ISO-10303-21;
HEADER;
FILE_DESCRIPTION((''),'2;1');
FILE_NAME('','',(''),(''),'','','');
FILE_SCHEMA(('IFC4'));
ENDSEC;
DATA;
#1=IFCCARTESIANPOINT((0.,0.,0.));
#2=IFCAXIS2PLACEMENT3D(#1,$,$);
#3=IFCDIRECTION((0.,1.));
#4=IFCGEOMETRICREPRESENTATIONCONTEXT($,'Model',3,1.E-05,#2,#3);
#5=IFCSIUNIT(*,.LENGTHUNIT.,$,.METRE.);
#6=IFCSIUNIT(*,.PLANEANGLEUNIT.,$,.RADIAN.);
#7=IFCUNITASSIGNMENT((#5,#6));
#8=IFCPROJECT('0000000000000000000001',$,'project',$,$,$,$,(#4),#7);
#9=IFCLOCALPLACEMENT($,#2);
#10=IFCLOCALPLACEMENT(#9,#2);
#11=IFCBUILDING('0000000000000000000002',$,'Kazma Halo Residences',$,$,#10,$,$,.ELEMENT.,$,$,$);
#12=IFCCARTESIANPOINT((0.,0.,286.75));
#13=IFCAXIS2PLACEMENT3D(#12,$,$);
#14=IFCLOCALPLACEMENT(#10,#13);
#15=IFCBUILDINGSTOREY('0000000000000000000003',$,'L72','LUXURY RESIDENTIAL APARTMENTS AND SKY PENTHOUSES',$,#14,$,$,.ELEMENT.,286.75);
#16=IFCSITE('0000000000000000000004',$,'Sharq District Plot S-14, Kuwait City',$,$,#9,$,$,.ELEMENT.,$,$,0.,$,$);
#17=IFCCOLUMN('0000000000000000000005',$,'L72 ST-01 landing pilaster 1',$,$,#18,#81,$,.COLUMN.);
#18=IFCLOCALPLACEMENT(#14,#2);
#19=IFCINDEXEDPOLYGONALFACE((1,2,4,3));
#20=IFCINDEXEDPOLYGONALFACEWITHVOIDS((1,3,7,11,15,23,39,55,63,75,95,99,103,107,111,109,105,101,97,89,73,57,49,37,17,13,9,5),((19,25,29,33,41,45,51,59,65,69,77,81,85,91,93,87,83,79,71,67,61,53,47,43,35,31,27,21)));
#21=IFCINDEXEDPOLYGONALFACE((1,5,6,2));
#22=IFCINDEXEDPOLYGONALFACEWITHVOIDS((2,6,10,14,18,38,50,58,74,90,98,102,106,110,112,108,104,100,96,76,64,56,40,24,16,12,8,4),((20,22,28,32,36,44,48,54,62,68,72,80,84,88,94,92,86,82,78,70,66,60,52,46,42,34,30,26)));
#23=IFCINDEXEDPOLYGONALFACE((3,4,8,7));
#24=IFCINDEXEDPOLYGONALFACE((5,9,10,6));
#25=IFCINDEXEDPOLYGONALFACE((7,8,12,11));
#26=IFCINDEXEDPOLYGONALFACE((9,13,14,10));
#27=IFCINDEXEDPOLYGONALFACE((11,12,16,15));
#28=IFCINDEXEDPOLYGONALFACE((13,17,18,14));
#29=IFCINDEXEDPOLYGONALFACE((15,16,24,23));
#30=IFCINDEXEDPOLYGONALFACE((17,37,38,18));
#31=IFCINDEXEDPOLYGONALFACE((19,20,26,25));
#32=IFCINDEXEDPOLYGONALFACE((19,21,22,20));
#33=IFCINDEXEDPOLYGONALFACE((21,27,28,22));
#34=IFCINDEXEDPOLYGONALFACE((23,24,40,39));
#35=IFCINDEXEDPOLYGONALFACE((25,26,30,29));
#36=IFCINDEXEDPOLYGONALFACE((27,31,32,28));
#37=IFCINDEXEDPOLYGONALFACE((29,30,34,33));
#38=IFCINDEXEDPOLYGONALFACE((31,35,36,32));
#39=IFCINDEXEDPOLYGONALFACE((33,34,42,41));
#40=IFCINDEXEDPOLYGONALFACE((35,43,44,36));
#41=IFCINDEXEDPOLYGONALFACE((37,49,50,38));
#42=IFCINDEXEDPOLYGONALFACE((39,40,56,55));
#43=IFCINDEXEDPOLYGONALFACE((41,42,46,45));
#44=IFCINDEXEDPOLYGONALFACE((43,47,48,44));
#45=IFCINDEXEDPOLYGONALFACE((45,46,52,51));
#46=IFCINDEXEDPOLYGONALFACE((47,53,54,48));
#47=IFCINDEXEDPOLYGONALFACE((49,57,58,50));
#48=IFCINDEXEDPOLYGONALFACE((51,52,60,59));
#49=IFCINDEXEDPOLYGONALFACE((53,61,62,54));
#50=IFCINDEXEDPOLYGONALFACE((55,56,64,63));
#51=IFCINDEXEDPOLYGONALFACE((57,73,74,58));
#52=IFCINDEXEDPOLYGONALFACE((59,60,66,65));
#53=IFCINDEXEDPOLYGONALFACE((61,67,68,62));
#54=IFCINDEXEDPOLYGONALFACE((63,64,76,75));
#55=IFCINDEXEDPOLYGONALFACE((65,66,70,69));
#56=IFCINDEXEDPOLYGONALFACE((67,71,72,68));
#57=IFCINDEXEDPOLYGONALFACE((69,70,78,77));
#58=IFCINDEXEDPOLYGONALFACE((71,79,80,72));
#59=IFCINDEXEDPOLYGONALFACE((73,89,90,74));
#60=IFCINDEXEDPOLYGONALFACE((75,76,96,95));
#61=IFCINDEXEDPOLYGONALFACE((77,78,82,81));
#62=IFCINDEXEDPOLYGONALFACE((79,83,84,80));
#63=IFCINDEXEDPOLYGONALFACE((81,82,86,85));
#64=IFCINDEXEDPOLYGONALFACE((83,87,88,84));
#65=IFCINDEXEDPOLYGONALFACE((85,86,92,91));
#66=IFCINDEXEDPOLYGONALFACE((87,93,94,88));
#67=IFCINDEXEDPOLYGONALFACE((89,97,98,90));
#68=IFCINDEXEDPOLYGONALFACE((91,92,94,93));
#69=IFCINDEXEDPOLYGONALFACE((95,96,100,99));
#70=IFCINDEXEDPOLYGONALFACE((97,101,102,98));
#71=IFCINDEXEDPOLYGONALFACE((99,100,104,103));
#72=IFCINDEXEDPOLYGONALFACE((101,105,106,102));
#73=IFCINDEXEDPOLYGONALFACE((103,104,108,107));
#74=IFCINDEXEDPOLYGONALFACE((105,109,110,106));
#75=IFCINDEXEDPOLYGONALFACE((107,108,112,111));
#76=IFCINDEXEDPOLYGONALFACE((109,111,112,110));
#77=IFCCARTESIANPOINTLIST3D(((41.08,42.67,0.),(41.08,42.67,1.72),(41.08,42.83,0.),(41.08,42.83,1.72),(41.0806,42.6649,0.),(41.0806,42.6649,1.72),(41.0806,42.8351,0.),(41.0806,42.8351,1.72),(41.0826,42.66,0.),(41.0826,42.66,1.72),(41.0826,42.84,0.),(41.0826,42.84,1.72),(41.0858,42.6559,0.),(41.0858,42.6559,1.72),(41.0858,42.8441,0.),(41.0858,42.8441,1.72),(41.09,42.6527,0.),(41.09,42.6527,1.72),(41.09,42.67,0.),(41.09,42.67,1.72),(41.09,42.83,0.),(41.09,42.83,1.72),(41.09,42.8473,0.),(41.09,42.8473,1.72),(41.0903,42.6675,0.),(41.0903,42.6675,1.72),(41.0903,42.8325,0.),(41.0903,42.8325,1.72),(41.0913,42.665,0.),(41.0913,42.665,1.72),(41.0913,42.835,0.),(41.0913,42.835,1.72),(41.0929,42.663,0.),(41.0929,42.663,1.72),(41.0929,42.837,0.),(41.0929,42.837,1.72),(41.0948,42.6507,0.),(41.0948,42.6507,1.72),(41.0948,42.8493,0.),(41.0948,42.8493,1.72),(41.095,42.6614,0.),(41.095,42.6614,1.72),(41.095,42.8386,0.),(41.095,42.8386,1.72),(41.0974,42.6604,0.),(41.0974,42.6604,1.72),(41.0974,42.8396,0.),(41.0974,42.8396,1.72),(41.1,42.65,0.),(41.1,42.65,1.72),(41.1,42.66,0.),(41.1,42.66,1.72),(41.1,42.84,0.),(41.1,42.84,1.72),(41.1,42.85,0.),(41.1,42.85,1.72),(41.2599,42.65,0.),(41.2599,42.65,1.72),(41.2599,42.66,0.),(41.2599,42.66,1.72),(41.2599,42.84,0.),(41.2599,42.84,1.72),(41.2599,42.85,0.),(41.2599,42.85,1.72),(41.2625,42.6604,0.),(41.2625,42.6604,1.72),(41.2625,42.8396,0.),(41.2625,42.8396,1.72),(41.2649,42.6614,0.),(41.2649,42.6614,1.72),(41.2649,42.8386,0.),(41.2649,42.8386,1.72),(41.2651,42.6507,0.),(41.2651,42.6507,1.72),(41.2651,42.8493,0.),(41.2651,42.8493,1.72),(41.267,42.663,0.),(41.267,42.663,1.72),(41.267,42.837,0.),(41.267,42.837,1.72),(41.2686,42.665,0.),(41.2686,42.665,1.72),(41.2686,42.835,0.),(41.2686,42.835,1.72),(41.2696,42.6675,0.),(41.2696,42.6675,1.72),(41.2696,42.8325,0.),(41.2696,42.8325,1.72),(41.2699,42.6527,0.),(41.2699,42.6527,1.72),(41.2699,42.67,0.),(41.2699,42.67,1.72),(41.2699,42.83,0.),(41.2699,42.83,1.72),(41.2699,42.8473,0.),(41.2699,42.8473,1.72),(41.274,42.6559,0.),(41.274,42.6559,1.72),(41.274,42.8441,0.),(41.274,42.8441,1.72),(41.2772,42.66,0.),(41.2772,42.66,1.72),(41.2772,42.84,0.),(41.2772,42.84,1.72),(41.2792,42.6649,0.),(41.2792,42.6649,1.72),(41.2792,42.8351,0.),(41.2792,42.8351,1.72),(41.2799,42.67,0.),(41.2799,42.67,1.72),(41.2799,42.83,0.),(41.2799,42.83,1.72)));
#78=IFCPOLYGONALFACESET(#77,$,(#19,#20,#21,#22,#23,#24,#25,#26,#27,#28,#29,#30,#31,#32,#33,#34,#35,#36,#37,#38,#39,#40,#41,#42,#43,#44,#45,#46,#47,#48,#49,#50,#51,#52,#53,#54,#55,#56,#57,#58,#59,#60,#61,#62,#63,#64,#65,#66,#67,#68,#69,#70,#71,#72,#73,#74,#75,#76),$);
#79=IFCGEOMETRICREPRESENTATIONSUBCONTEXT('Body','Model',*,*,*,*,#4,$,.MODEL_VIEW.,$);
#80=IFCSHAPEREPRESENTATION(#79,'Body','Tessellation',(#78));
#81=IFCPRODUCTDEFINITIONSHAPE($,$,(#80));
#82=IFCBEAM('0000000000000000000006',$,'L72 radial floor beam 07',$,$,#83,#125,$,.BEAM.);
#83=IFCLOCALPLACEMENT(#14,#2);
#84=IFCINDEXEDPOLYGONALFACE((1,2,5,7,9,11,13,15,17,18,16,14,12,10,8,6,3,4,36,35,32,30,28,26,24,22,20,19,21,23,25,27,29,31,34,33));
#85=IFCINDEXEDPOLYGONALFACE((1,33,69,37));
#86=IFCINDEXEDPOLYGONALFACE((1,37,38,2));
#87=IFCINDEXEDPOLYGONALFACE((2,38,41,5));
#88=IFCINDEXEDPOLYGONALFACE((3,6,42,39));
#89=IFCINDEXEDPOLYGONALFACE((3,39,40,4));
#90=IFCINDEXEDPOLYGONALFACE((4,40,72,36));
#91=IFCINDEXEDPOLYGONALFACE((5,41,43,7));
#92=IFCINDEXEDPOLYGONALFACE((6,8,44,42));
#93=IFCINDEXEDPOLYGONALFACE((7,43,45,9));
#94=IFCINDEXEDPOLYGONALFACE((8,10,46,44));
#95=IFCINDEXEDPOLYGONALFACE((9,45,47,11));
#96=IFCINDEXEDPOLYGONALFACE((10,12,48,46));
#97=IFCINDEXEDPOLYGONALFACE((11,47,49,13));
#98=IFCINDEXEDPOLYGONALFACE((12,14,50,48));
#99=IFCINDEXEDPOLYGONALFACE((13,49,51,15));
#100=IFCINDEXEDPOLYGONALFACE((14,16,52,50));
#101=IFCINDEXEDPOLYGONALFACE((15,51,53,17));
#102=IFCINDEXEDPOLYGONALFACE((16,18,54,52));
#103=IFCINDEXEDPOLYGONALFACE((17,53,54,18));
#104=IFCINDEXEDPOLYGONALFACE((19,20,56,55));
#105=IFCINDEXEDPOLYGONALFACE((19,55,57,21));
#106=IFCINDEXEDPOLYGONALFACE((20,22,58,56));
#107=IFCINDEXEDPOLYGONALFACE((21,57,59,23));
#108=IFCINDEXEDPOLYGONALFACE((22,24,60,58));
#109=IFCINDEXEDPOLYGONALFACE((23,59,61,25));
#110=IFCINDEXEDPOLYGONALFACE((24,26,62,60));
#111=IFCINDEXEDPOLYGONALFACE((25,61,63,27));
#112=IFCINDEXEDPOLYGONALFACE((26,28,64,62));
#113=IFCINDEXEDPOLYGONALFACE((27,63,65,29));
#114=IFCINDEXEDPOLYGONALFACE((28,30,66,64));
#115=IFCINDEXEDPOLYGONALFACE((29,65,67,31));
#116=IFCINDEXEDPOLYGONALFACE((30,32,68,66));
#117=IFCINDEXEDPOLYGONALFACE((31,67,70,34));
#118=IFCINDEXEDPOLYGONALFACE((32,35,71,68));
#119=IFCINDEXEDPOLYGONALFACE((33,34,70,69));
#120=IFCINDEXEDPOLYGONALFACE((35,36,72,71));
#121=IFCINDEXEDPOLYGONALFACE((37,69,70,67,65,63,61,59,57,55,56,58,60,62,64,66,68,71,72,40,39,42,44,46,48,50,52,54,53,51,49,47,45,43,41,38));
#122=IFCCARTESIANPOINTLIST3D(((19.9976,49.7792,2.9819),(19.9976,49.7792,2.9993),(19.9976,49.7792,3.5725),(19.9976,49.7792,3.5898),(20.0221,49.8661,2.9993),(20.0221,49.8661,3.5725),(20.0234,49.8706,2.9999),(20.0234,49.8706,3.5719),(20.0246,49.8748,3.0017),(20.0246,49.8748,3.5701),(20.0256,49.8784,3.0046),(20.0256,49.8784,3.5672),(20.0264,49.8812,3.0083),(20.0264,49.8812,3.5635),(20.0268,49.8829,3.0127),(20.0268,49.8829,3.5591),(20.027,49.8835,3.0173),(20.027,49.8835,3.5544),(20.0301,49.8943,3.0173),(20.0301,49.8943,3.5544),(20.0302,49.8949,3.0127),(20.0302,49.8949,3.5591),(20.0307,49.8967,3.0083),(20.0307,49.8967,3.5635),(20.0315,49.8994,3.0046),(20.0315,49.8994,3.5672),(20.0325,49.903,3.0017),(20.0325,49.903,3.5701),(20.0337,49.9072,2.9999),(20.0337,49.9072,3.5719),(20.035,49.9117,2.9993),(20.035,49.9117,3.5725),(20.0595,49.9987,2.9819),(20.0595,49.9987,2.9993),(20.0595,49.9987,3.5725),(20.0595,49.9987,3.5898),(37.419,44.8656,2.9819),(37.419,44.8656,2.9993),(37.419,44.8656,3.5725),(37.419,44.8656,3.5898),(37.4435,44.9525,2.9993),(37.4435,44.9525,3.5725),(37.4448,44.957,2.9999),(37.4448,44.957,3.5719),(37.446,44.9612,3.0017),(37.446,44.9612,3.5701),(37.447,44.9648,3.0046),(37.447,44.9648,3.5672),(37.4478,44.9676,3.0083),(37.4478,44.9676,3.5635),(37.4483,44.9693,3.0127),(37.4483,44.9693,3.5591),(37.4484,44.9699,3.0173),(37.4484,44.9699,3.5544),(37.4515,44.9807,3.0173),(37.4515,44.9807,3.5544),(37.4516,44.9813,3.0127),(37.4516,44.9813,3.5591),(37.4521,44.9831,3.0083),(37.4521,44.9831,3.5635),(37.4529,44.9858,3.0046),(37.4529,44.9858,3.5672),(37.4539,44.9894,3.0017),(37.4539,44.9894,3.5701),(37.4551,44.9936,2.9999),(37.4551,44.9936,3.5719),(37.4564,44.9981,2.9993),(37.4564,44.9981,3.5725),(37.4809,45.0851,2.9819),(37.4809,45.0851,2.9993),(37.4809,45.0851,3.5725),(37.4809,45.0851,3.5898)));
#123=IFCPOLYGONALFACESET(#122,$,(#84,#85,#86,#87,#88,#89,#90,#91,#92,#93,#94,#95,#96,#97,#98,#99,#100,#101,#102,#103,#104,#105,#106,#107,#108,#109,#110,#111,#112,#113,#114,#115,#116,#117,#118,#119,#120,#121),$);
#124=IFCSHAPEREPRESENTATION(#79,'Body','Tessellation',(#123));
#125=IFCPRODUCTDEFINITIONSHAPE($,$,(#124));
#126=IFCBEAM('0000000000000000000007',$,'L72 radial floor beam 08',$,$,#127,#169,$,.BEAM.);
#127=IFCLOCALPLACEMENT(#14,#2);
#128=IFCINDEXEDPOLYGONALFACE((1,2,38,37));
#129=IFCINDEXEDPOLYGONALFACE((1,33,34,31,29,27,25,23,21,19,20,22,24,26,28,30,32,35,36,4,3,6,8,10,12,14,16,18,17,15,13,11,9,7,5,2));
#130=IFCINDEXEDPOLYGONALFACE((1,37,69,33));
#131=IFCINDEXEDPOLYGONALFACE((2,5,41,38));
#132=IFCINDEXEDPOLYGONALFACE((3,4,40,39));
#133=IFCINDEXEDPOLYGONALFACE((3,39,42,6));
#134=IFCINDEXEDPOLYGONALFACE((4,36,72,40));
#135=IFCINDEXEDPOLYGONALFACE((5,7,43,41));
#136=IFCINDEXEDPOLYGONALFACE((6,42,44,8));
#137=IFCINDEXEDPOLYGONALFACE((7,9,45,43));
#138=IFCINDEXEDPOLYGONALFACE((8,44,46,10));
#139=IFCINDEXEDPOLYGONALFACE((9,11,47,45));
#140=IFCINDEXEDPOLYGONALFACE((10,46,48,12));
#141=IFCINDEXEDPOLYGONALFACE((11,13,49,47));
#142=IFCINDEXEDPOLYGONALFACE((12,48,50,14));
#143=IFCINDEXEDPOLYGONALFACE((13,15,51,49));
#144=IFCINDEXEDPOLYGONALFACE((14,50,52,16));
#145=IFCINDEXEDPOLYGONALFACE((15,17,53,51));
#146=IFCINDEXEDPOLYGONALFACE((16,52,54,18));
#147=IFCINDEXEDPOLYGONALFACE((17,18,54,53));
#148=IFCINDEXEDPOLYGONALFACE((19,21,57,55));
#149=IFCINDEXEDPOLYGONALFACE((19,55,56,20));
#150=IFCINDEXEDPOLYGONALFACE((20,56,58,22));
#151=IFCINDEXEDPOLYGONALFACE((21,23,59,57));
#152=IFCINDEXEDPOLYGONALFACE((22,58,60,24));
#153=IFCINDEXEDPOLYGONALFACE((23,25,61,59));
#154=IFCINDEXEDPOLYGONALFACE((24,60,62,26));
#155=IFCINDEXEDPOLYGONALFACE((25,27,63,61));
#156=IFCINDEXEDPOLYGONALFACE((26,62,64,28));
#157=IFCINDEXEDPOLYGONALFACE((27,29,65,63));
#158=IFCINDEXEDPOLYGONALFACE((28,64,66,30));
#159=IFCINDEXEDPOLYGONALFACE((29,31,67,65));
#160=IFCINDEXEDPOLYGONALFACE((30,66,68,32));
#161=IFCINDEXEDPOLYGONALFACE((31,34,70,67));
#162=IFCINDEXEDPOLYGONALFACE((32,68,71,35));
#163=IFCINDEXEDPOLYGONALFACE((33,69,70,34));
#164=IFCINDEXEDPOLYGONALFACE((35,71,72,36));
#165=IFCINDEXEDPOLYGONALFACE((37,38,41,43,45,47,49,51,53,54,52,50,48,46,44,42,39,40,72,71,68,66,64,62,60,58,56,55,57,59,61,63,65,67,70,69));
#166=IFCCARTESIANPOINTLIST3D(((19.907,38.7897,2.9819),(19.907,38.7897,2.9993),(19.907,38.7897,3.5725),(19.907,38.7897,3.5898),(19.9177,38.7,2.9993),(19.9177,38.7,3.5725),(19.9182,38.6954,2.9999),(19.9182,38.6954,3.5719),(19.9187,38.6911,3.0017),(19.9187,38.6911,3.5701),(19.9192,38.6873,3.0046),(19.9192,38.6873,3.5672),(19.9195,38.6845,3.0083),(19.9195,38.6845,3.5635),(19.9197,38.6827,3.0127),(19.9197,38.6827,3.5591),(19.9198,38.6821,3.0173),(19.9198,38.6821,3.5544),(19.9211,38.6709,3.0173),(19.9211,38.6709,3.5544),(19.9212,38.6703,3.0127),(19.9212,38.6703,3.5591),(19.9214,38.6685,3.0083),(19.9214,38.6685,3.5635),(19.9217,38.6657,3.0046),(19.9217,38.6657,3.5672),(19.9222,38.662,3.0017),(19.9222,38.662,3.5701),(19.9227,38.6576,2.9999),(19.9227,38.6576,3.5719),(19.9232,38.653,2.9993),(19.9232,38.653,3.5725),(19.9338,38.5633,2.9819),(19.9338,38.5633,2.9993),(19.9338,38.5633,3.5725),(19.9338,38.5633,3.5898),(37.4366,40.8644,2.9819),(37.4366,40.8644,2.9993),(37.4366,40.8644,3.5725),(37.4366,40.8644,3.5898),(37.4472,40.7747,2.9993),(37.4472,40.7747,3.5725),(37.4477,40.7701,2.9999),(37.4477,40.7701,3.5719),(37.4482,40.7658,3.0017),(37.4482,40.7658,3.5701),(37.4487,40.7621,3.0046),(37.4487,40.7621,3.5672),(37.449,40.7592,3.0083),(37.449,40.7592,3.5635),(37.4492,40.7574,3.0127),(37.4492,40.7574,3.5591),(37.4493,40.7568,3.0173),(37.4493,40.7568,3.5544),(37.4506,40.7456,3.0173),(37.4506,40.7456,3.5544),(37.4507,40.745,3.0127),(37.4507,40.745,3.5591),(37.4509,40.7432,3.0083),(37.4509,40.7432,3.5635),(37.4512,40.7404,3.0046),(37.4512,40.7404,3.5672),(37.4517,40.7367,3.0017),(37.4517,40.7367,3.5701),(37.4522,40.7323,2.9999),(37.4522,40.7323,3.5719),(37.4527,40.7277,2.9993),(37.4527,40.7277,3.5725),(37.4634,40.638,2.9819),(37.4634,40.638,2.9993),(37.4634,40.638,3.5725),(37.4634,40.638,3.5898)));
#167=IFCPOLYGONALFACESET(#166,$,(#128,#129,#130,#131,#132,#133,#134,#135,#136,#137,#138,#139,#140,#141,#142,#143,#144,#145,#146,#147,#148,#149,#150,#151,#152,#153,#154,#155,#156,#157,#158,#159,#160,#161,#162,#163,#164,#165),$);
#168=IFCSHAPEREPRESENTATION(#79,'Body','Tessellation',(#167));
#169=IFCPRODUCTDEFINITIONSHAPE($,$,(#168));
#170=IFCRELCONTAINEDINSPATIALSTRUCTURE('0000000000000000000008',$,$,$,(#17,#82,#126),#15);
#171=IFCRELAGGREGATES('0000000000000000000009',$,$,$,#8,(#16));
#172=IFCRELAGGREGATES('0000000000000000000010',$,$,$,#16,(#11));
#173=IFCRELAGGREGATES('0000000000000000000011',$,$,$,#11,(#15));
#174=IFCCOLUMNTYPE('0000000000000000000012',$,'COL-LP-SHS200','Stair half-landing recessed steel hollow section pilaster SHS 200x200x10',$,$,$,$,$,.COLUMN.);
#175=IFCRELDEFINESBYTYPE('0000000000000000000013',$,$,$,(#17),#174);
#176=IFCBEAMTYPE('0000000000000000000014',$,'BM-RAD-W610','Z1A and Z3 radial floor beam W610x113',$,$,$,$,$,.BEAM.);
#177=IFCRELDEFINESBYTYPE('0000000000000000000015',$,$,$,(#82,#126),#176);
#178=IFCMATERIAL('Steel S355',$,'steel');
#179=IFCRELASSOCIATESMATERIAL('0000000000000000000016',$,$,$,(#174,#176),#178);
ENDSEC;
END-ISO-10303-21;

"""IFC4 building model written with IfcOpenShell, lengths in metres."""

from ifc_helpers import new_model, si_unit, direction, frame, origin, origin_2d, place, context, subcontext, project, spatial, hollow_rectangle, i_section, extrude, material, material_profile, profile_set, type_object, element, save


model = new_model("IFC4")

# Units and contexts
model_context = context("Model", 3, precision=1e-05, world=origin(), true_north=direction((0.0, 1.0)))
body_context = subcontext(model_context, "Body", "Model", "MODEL_VIEW")
ifc_project = project(units=[si_unit("LENGTHUNIT", "METRE"), si_unit("PLANEANGLEUNIT", "RADIAN")], contexts=[model_context])

# Site, building, storey
site_placement = place(None, origin())
site = spatial("IfcSite", under=ifc_project, at=site_placement, Name="Sharq District Plot S-14, Kuwait City", CompositionType="ELEMENT", RefElevation=0.0)
building_placement = place(site_placement, origin())
building = spatial("IfcBuilding", under=site, at=building_placement, Name="Kazma Halo Residences", CompositionType="ELEMENT")
storey_placement = place(building_placement, frame((0.0, 0.0, 286.75)))
storey = spatial("IfcBuildingStorey", under=building, at=storey_placement, Name="L72", Description="LUXURY RESIDENTIAL APARTMENTS AND SKY PENTHOUSES", CompositionType="ELEMENT", Elevation=286.75)

# Column
ifc_material_1 = material(Name="Steel S355", Category="steel")
ifc_material_profile_1 = material_profile(ifc_material_1, hollow_rectangle(XDim=0.2, YDim=0.2, WallThickness=0.01, InnerFilletRadius=0.01, OuterFilletRadius=0.02, at=origin_2d()), Name="SHS200x200x10")
ifc_profile_set_1 = profile_set([ifc_material_profile_1], Name="Steel S355")
column_type = type_object("IfcColumnType", Name="COL-LP-SHS200", Description="Stair half-landing recessed steel hollow section pilaster SHS 200x200x10", PredefinedType="COLUMN", material=ifc_profile_set_1)
column_placement = place(storey_placement, frame((41.1799, 42.75, 0.0), z_axis=(0.0, 0.0, 1.0), x_axis=(1.0, 0.0, 0.0)))
element("IfcColumn", 1, at=column_placement, inside=storey, type_object=column_type, Name="L72 ST-01 landing pilaster 1", PredefinedType="COLUMN", context=body_context, shape_type="SweptSolid", body=[
    extrude(hollow_rectangle(XDim=0.2, YDim=0.2, WallThickness=0.01, InnerFilletRadius=0.01, OuterFilletRadius=0.02, at=origin_2d()), origin(), (0.0, 0.0, 1.0), 1.72),
])

# Beams
ifc_material_profile_2 = material_profile(ifc_material_1, i_section(OverallWidth=0.228, OverallDepth=0.6079, WebThickness=0.0112, FlangeThickness=0.0173, FilletRadius=0.0181, at=origin_2d()), Name="W610x113")
ifc_profile_set_2 = profile_set([ifc_material_profile_2], Name="Steel S355")
beam_type_1 = type_object("IfcBeamType", Name="BM-RAD-W610", Description="Z1A and Z3 radial floor beam W610x113", PredefinedType="BEAM", material=ifc_profile_set_2)
beam_1_placement = place(storey_placement, frame((37.45, 44.9753, 3.2859), z_axis=(-0.962452, 0.271452, 0.0), x_axis=(-0.271452, -0.962452, 0.0)))
element("IfcBeam", 2, at=beam_1_placement, inside=storey, type_object=beam_type_1, Name="L72 radial floor beam 07", PredefinedType="BEAM", context=body_context, shape_type="SweptSolid", body=[
    extrude(i_section(OverallWidth=0.228, OverallDepth=0.6079, WebThickness=0.0112, FlangeThickness=0.0173, FilletRadius=0.0181, at=origin_2d()), origin(), (0.0, 0.0, 1.0), 18.1011),
])
beam_2_placement = place(storey_placement, frame((37.45, 40.7512, 3.2859), z_axis=(-0.993069, -0.117535, 0.0), x_axis=(0.117535, -0.993069, 0.0)))
element("IfcBeam", 3, at=beam_2_placement, inside=storey, type_object=beam_type_1, Name="L72 radial floor beam 08", PredefinedType="BEAM", context=body_context, shape_type="SweptSolid", body=[
    extrude(i_section(OverallWidth=0.228, OverallDepth=0.6079, WebThickness=0.0112, FlangeThickness=0.0173, FilletRadius=0.0181, at=origin_2d()), origin(), (0.0, 0.0, 1.0), 17.6519),
])

save(model, "model.ifc")
